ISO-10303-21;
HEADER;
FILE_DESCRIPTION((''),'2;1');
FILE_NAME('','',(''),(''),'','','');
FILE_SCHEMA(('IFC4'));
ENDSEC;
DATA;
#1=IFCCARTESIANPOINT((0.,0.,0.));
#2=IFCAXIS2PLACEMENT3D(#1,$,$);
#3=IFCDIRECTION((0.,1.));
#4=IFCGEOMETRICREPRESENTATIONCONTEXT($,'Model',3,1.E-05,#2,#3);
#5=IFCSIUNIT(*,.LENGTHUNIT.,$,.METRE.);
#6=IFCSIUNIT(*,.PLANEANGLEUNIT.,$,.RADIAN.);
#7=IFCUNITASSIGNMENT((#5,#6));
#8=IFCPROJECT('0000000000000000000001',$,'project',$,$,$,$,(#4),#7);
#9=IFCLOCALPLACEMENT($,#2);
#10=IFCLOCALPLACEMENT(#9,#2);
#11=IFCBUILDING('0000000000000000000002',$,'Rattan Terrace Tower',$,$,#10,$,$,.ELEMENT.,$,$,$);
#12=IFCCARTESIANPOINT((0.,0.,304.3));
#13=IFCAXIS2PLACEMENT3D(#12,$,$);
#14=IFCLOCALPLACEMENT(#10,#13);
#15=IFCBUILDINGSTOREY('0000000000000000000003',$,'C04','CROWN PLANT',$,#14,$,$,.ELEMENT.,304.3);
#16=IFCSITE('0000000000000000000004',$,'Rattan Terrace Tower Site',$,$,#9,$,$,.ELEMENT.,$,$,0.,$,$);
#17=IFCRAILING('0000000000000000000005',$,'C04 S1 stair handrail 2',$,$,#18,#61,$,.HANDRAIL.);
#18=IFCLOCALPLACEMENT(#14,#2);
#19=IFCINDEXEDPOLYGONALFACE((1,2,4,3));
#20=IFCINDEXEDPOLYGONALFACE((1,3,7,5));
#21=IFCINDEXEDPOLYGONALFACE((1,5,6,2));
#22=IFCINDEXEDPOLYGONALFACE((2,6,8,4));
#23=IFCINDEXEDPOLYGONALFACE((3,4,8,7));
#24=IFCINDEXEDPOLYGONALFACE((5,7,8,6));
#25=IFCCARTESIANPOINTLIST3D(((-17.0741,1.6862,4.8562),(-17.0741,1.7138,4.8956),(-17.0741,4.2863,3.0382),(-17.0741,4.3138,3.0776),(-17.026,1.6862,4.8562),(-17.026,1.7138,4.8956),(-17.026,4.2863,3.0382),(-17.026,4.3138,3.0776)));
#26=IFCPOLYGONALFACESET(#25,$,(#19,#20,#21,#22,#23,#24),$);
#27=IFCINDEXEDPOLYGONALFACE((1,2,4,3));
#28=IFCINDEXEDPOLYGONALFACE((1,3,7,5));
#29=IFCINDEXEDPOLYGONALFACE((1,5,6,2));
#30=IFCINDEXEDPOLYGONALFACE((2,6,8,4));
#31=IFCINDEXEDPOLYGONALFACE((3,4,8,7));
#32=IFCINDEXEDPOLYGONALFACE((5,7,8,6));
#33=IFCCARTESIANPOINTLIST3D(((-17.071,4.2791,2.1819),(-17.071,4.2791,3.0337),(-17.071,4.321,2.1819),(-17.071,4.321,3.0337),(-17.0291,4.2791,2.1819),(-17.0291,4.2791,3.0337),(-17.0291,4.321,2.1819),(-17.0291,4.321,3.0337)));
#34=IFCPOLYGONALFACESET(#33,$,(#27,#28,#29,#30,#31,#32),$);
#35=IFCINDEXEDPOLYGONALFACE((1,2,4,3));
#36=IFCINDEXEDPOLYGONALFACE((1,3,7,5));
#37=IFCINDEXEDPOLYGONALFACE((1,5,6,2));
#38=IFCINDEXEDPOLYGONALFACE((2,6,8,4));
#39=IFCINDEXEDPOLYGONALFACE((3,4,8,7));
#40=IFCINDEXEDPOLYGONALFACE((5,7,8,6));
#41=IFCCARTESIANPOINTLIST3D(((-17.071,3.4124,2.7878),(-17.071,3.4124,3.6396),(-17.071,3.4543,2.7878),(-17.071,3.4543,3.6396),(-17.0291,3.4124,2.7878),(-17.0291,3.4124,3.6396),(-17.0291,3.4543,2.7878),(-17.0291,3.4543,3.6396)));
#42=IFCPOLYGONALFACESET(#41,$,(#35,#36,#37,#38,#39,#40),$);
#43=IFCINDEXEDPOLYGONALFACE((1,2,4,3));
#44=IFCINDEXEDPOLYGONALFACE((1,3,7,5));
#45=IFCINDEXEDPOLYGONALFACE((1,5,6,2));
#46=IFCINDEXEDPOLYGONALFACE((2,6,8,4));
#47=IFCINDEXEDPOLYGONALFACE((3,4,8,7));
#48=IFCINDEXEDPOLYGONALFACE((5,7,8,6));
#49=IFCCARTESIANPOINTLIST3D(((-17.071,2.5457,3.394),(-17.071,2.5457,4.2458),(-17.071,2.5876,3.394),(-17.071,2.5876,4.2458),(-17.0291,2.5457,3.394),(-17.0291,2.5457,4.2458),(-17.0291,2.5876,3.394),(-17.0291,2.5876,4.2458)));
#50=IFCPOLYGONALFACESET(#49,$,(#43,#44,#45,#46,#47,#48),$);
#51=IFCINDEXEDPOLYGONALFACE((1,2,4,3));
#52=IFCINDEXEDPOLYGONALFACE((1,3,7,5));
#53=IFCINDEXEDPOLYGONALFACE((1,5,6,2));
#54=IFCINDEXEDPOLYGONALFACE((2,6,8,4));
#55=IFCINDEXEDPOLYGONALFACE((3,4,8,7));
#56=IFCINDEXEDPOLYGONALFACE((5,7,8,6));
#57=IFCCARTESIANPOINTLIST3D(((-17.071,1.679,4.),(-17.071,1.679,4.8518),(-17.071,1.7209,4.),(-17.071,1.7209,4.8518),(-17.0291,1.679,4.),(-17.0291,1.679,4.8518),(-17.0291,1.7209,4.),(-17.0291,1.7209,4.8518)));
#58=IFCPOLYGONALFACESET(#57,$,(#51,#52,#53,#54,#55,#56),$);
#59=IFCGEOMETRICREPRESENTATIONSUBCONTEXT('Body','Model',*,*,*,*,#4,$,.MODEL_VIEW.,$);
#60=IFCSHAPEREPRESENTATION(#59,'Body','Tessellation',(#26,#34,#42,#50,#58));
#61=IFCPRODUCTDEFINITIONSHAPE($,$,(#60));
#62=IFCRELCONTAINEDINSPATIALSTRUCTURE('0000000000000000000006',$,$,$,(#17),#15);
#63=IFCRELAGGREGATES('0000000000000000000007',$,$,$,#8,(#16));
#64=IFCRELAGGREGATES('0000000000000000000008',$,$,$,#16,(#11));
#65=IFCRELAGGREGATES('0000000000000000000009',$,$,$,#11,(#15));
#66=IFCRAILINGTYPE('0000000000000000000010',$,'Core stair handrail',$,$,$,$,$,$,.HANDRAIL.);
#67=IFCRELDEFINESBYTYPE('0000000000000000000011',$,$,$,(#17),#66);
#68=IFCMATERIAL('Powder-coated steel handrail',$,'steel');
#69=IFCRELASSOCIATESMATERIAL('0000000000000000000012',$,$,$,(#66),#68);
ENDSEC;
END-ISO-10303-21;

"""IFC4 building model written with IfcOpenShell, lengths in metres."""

from ifc_helpers import new_model, si_unit, direction, frame, origin, origin_2d, place, context, subcontext, project, spatial, rectangle, extrude, material, type_object, element, save


model = new_model("IFC4")

# Units and contexts
model_context = context("Model", 3, precision=1e-05, world=origin(), true_north=direction((0.0, 1.0)))
body_context = subcontext(model_context, "Body", "Model", "MODEL_VIEW")
ifc_project = project(units=[si_unit("LENGTHUNIT", "METRE"), si_unit("PLANEANGLEUNIT", "RADIAN")], contexts=[model_context])

# Site, building, storey
site_placement = place(None, origin())
site = spatial("IfcSite", under=ifc_project, at=site_placement, Name="Rattan Terrace Tower Site", CompositionType="ELEMENT", RefElevation=0.0)
building_placement = place(site_placement, origin())
building = spatial("IfcBuilding", under=site, at=building_placement, Name="Rattan Terrace Tower", CompositionType="ELEMENT")
storey_placement = place(building_placement, frame((0.0, 0.0, 304.3)))
storey = spatial("IfcBuildingStorey", under=building, at=storey_placement, Name="C04", Description="CROWN PLANT", CompositionType="ELEMENT", Elevation=304.3)

# Railing
ifc_material_1 = material(Name="Powder-coated steel handrail", Category="steel")
railing_type_1 = type_object("IfcRailingType", Name="Core stair handrail", PredefinedType="HANDRAIL", material=ifc_material_1)
railing_1_placement = place(storey_placement, frame((-17.05, 4.3, 2.1819)))
element("IfcRailing", 1, at=railing_1_placement, inside=storey, type_object=railing_type_1, Name="C04 S1 stair handrail 2", PredefinedType="HANDRAIL", context=body_context, shape_type="SweptSolid", body=[
    extrude(rectangle(XDim=0.0481, YDim=0.0481, at=origin_2d()), frame((0.0, 0.0, 0.876), z_axis=(0.0, -0.819521, 0.573049), x_axis=(1.0, 0.0, 0.0)), (0.0, 0.0, 1.0), 3.1726),
    extrude(rectangle(XDim=0.042, YDim=0.042, at=origin_2d()), origin(), (0.0, 0.0, 1.0), 0.8518),
    extrude(rectangle(XDim=0.042, YDim=0.042, at=origin_2d()), frame((0.0, -0.8667, 0.606)), (0.0, 0.0, 1.0), 0.8518),
    extrude(rectangle(XDim=0.042, YDim=0.042, at=origin_2d()), frame((0.0, -1.7334, 1.2122)), (0.0, 0.0, 1.0), 0.8518),
    extrude(rectangle(XDim=0.042, YDim=0.042, at=origin_2d()), frame((0.0, -2.6001, 1.8181)), (0.0, 0.0, 1.0), 0.8518),
])

save(model, "model.ifc")
